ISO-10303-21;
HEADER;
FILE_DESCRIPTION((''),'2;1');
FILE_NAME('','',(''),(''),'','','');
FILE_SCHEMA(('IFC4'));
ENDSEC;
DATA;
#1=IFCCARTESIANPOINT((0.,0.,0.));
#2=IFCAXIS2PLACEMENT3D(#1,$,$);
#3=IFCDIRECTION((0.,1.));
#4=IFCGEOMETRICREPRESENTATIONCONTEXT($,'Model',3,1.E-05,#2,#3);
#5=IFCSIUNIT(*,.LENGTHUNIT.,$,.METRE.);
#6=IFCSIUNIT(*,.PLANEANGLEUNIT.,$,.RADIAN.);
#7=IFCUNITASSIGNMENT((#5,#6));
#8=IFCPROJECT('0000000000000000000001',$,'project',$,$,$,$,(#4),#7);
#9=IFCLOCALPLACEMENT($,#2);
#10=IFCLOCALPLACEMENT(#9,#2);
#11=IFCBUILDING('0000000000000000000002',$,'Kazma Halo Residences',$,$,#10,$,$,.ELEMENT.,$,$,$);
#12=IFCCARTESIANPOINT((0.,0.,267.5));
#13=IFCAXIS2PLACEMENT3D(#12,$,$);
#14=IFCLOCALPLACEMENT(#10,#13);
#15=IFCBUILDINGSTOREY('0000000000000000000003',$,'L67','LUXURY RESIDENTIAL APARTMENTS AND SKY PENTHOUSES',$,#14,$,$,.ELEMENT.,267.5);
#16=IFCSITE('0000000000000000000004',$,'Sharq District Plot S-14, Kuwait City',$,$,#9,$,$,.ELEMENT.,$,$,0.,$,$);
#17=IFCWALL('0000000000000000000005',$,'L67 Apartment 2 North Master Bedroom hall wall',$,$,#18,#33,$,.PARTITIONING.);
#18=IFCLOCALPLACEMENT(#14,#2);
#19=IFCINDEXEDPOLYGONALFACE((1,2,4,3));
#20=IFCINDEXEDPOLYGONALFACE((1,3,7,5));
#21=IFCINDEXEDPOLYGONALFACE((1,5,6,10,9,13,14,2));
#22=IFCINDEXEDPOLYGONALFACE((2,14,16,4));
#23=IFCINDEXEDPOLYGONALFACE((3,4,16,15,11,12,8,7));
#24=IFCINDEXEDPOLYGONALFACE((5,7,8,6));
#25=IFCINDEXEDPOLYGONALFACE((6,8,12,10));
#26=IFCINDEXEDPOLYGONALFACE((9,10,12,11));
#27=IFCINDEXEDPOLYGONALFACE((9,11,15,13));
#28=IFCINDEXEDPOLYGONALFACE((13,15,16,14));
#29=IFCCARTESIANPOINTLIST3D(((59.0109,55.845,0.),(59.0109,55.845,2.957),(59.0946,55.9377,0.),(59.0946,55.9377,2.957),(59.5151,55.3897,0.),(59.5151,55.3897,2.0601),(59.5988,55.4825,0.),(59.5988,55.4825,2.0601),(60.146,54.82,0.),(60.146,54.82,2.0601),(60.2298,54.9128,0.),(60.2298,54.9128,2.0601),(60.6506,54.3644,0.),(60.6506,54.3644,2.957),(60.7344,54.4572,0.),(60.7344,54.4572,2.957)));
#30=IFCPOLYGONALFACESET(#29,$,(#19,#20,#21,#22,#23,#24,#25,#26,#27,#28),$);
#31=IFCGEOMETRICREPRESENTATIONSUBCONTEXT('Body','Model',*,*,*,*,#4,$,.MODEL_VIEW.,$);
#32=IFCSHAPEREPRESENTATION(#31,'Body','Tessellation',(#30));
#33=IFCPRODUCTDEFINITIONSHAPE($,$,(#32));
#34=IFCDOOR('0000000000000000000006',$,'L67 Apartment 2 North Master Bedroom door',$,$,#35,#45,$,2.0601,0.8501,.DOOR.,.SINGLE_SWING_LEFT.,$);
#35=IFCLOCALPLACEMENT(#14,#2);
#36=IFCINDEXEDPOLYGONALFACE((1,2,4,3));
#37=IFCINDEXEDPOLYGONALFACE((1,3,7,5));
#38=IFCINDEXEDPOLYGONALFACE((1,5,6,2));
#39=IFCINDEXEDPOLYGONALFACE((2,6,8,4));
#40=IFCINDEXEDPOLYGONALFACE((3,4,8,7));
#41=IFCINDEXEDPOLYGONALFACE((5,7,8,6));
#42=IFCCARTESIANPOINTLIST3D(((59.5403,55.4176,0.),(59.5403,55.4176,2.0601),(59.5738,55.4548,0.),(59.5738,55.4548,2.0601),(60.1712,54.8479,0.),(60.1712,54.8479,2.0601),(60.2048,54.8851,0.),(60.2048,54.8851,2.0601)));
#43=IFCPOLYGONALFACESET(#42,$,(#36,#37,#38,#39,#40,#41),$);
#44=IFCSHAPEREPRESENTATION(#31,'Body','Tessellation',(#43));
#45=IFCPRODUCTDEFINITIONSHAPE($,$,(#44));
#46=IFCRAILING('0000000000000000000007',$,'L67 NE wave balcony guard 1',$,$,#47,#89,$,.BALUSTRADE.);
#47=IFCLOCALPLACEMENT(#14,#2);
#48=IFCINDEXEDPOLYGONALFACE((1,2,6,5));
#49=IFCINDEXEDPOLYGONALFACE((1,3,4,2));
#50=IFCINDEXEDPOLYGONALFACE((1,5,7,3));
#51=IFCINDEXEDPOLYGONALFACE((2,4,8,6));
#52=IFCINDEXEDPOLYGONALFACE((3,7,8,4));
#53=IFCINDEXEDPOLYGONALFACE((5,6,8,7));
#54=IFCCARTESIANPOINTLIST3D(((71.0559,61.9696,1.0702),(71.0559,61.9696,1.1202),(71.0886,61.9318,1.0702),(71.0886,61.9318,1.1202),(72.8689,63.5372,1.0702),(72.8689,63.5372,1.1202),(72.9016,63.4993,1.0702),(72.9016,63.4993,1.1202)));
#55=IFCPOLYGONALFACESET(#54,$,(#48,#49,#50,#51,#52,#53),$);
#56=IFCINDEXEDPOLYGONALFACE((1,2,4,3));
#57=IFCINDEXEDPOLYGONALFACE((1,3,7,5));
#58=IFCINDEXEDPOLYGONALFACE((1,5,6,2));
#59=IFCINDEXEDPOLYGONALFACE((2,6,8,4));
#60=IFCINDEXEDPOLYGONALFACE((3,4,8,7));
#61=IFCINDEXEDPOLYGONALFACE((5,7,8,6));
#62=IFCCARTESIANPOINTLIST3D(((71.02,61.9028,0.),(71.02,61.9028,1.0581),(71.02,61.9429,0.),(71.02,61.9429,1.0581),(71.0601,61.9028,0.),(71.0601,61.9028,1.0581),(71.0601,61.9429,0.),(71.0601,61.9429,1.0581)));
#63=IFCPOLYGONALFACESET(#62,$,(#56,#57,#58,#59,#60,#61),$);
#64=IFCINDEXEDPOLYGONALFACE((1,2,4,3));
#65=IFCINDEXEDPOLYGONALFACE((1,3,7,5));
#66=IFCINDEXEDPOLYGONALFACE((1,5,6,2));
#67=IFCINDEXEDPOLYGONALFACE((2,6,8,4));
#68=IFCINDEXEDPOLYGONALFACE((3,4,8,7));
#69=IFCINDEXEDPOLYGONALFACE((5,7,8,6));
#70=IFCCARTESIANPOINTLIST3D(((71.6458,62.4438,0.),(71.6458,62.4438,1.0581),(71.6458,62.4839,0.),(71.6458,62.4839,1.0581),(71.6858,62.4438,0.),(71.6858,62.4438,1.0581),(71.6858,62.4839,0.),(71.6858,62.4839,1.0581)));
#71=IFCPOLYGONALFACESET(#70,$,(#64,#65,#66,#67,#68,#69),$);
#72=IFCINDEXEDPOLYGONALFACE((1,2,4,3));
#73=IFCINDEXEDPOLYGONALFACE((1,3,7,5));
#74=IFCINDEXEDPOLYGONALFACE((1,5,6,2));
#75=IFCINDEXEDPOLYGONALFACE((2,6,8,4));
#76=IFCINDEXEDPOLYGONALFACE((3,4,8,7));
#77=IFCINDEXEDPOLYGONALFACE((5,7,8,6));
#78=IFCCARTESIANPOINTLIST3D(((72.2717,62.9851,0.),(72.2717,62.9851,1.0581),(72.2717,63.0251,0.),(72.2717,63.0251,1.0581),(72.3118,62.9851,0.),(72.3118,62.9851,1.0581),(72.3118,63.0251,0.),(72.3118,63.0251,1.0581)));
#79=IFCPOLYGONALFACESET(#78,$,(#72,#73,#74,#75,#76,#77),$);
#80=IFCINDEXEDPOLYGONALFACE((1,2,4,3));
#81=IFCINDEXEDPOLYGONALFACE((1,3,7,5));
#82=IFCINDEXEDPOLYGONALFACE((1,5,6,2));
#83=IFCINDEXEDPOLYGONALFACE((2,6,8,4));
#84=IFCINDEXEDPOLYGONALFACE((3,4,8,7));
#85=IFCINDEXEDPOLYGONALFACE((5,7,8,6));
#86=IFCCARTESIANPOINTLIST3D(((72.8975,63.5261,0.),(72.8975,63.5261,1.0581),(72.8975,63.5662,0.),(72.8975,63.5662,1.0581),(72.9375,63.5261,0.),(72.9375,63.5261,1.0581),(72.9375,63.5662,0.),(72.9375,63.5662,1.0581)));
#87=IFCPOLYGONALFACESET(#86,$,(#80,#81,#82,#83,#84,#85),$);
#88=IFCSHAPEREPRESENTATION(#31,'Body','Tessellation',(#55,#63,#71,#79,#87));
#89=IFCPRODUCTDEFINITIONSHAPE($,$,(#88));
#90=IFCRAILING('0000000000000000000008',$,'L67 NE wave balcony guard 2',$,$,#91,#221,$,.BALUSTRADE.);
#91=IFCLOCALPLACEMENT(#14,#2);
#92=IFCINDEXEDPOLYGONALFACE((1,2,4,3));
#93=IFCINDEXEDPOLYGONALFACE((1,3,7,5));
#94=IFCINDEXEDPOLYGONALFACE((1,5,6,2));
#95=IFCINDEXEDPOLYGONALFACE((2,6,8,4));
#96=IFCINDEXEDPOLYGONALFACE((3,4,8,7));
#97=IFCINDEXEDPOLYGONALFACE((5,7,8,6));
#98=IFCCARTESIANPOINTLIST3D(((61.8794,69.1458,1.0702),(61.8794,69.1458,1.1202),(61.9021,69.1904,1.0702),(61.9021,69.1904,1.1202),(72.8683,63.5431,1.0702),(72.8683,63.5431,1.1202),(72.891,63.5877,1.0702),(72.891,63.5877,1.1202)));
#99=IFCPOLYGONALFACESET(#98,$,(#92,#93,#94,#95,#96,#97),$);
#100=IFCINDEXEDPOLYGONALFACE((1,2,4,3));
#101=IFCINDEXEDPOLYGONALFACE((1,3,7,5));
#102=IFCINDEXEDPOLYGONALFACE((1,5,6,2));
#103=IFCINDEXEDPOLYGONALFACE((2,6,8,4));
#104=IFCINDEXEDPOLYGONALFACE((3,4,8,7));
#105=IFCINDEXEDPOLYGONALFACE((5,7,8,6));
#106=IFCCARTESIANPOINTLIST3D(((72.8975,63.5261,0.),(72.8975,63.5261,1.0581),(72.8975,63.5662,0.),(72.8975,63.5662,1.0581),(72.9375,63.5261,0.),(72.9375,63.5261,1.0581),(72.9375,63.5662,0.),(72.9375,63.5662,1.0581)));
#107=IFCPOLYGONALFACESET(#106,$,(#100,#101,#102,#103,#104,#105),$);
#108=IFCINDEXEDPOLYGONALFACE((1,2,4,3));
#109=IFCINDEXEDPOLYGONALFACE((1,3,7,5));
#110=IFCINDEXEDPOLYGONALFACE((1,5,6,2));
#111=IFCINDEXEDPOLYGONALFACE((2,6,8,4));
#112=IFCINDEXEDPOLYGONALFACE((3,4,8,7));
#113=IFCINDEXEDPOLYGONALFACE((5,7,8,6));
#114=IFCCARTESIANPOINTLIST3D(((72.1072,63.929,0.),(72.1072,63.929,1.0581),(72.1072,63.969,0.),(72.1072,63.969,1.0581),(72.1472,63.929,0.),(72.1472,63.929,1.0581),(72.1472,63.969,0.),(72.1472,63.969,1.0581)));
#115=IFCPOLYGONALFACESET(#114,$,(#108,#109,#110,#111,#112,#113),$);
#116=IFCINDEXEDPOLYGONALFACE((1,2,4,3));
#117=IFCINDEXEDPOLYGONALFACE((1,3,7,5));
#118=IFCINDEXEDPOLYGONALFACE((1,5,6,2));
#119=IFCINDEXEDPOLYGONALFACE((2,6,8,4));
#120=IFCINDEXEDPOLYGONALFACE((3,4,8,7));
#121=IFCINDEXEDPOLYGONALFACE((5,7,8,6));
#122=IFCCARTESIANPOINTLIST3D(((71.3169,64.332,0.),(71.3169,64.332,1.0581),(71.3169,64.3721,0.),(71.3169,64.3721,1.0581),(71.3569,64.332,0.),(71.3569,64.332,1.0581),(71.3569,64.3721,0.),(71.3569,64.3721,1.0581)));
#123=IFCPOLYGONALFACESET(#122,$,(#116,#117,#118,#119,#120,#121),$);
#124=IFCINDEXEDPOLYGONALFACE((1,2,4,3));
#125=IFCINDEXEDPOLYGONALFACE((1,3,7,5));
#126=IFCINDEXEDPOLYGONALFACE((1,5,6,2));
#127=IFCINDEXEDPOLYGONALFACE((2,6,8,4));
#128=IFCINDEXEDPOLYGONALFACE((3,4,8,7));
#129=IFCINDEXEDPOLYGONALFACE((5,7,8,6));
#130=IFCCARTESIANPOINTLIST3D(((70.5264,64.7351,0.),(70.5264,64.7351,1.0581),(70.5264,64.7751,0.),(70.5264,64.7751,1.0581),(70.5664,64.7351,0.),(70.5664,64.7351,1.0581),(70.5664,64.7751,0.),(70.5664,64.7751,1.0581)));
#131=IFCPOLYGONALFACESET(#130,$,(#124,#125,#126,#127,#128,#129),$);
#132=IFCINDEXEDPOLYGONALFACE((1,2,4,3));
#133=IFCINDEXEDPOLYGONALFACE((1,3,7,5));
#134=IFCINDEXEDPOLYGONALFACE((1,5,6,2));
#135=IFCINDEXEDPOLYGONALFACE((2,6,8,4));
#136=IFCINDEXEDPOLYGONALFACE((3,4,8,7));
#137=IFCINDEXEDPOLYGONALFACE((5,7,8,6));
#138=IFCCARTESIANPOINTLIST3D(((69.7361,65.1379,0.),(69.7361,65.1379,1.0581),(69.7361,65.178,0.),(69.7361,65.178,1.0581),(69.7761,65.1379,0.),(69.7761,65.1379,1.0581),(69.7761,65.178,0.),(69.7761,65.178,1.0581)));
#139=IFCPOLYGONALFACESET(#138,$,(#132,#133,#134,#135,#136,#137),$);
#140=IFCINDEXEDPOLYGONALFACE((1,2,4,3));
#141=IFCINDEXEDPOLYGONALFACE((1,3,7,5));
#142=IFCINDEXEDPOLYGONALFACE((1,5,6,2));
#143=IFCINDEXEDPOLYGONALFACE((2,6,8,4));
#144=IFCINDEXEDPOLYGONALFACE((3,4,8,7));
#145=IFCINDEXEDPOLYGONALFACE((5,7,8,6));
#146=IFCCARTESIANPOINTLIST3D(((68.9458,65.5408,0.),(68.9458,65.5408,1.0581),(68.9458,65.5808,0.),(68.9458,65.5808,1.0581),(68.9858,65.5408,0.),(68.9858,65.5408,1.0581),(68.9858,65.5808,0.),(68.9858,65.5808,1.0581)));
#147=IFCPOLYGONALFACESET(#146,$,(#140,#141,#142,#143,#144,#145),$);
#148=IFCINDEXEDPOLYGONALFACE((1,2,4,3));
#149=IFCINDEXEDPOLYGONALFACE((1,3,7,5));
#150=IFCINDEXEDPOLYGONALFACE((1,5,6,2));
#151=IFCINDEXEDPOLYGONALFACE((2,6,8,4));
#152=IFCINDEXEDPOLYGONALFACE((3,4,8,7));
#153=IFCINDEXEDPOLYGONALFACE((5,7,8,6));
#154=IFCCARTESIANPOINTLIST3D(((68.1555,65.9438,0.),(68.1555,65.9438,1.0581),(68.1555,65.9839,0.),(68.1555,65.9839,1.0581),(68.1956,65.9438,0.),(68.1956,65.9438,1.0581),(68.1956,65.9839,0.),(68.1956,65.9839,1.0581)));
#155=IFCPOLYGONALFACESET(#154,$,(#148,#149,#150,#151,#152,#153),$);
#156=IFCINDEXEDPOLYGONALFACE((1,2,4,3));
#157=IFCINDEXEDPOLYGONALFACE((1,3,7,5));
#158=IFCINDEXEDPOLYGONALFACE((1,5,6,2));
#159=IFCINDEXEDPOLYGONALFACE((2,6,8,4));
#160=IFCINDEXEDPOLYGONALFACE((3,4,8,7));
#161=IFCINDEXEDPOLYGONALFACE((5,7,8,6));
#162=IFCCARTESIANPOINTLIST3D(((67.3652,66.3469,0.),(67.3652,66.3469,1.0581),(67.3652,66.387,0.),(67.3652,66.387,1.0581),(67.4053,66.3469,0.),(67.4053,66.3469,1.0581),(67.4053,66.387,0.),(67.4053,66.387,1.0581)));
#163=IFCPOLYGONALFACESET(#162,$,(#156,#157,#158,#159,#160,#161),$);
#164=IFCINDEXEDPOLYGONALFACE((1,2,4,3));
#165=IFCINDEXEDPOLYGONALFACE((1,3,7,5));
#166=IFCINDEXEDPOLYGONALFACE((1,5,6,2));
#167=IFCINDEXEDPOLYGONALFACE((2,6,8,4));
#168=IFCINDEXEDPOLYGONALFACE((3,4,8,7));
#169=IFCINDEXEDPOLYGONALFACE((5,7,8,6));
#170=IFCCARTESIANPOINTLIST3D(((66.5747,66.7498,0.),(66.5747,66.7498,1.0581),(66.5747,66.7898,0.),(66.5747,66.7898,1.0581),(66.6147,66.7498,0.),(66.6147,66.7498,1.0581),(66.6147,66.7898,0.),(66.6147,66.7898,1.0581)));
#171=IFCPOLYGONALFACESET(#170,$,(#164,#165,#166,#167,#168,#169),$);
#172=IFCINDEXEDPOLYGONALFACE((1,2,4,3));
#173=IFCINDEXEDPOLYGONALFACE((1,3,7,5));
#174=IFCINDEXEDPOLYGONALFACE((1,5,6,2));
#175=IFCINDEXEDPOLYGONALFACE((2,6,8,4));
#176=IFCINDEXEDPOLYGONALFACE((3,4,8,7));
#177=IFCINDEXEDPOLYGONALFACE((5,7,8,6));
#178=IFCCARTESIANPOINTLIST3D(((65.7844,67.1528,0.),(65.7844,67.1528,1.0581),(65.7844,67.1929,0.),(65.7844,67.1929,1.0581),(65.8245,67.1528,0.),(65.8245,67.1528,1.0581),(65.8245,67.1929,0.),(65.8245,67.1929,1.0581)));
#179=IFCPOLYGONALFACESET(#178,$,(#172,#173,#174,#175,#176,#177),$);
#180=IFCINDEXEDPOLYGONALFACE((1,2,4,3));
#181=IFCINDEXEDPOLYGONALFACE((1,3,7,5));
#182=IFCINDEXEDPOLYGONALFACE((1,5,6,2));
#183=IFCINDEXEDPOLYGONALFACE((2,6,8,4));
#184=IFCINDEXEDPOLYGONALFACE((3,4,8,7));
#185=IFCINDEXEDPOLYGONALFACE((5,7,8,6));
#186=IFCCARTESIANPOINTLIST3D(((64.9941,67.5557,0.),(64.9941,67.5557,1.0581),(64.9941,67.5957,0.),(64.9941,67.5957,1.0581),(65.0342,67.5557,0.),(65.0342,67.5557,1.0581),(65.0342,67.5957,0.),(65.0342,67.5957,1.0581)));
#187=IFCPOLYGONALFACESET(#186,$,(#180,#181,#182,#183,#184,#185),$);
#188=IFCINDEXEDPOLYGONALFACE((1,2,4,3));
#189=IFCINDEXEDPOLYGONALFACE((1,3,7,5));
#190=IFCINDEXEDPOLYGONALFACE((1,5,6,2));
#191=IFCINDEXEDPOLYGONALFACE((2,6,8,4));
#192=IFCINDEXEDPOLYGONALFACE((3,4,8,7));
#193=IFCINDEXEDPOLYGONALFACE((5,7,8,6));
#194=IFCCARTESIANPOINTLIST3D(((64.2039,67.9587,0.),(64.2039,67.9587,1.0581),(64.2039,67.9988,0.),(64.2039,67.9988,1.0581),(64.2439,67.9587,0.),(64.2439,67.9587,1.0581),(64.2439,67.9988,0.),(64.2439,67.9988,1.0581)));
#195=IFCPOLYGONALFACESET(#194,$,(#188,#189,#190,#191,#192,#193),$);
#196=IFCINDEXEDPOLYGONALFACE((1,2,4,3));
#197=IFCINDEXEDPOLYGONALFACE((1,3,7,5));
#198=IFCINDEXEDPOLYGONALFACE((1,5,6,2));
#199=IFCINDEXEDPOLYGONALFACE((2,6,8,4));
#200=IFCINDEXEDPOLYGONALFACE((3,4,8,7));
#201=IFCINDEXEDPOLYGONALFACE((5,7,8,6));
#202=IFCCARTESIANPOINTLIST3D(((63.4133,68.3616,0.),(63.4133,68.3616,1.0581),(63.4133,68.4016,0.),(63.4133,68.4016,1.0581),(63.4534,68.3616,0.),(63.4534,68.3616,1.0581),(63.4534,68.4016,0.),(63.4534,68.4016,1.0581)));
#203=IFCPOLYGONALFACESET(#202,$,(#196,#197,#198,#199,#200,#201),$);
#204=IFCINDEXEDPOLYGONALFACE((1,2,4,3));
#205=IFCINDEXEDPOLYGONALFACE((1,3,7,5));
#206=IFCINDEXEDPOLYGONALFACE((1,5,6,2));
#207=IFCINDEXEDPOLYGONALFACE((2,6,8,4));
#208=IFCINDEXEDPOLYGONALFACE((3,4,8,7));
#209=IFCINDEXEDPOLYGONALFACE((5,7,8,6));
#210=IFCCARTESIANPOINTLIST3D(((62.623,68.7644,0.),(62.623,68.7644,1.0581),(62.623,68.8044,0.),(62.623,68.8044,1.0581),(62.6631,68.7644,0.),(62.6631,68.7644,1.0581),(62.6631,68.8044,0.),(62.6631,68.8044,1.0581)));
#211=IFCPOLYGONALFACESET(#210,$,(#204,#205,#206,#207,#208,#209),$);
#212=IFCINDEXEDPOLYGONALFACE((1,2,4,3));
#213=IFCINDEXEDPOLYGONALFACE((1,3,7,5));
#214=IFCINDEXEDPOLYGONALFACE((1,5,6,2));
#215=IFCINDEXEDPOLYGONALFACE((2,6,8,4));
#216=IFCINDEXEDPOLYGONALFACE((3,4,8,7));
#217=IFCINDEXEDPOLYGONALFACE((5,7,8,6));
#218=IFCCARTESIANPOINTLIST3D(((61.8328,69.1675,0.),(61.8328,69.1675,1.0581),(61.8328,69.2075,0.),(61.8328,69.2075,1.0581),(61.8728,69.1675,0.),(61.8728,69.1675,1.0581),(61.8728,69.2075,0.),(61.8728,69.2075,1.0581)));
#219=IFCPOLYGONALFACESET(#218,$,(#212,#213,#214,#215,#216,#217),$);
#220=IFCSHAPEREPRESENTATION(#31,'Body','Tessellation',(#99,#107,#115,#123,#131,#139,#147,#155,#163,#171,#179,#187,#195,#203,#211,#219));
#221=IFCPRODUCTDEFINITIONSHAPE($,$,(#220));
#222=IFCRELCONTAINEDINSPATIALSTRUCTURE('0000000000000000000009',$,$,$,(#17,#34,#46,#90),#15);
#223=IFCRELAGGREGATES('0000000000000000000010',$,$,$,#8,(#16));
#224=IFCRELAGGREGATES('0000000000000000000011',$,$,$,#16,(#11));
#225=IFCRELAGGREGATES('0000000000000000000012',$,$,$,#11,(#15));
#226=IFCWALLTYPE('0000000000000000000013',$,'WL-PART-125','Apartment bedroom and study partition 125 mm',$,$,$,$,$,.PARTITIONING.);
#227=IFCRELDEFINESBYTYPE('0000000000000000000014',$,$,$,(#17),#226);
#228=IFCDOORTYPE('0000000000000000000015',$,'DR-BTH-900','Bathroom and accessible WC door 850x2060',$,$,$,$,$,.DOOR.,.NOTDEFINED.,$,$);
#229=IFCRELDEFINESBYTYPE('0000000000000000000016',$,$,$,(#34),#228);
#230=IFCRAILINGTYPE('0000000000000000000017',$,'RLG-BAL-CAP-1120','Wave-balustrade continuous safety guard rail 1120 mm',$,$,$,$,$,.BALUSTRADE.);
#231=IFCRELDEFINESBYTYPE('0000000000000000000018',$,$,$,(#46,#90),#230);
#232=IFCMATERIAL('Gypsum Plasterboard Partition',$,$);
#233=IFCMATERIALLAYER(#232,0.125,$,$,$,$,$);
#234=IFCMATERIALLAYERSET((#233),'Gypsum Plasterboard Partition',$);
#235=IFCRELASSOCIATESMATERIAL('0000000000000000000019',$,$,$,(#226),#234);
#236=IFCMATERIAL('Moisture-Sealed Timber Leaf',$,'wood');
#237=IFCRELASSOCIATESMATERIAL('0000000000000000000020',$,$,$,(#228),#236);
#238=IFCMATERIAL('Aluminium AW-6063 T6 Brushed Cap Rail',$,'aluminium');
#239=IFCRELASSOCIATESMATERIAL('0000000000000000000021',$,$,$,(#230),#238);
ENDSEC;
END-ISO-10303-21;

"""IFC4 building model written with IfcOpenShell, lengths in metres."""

from ifc_helpers import new_model, si_unit, direction, frame, frame_2d, origin, origin_2d, place, context, subcontext, project, spatial, rectangle, extrude, material, layer, layer_set, type_object, element, fill, save


model = new_model("IFC4")

# Units and contexts
model_context = context("Model", 3, precision=1e-05, world=origin(), true_north=direction((0.0, 1.0)))
body_context = subcontext(model_context, "Body", "Model", "MODEL_VIEW")
ifc_project = project(units=[si_unit("LENGTHUNIT", "METRE"), si_unit("PLANEANGLEUNIT", "RADIAN")], contexts=[model_context])

# Site, building, storey
site_placement = place(None, origin())
site = spatial("IfcSite", under=ifc_project, at=site_placement, Name="Sharq District Plot S-14, Kuwait City", CompositionType="ELEMENT", RefElevation=0.0)
building_placement = place(site_placement, origin())
building = spatial("IfcBuilding", under=site, at=building_placement, Name="Kazma Halo Residences", CompositionType="ELEMENT")
storey_placement = place(building_placement, frame((0.0, 0.0, 267.5)))
storey = spatial("IfcBuildingStorey", under=building, at=storey_placement, Name="L67", Description="LUXURY RESIDENTIAL APARTMENTS AND SKY PENTHOUSES", CompositionType="ELEMENT", Elevation=267.5)

# Shared definitions
ifc_material_1 = material(Name="Gypsum Plasterboard Partition")
ifc_layer_1 = layer(ifc_material_1, 0.125)
ifc_layer_set_1 = layer_set([ifc_layer_1], Name="Gypsum Plasterboard Partition")
wall_type_1 = type_object("IfcWallType", Name="WL-PART-125", Description="Apartment bedroom and study partition 125 mm", PredefinedType="PARTITIONING", material=ifc_layer_set_1)

# Wall, opening, door
wall_1_placement = place(storey_placement, frame((60.6924, 54.4109, 0.0), z_axis=(0.0, 0.0, 1.0), x_axis=(-0.742216, 0.670161, 0.0)))
wall_1 = element("IfcWall", 1, at=wall_1_placement, inside=storey, type_object=wall_type_1, Name="L67 Apartment 2 North Master Bedroom hall wall", PredefinedType="PARTITIONING", context=body_context, shape_type="SweptSolid", body=[
    extrude(rectangle(XDim=2.2092, YDim=0.125, at=frame_2d((1.1045, 0.0))), origin(), (0.0, 0.0, 1.0), 2.957),
])
opening_1_placement = place(wall_1_placement, frame((0.6797, 0.0, 0.0)))
opening_1 = element("IfcOpeningElement", 2, at=opening_1_placement, cuts=wall_1, PredefinedType="OPENING", context=body_context, shape_type="SweptSolid", body=[
    extrude(rectangle(XDim=0.8501, YDim=2.0601, at=frame_2d((0.425, 1.03))), frame((0.0, 0.0725, 0.0), z_axis=(0.0, -1.0, 0.0), x_axis=(1.0, 0.0, 0.0)), (0.0, 0.0, 1.0), 0.145),
])
ifc_material_2 = material(Name="Moisture-Sealed Timber Leaf", Category="wood")
door_type_1 = type_object("IfcDoorType", Name="DR-BTH-900", Description="Bathroom and accessible WC door 850x2060", OperationType="NOTDEFINED", PredefinedType="DOOR", material=ifc_material_2)
door_1_placement = place(opening_1_placement, origin())
door_1 = element("IfcDoor", 3, at=door_1_placement, inside=storey, type_object=door_type_1, Name="L67 Apartment 2 North Master Bedroom door", OperationType="SINGLE_SWING_LEFT", OverallHeight=2.0601, OverallWidth=0.8501, PredefinedType="DOOR", context=body_context, shape_type="SweptSolid", body=[
    extrude(rectangle(XDim=0.8501, YDim=2.0601, at=frame_2d((0.425, 1.03))), frame((0.0, 0.0249, 0.0), z_axis=(0.0, -1.0, 0.0), x_axis=(1.0, 0.0, 0.0)), (0.0, 0.0, 1.0), 0.05),
])
fill(opening_1, door_1)

# Railings
ifc_material_3 = material(Name="Aluminium AW-6063 T6 Brushed Cap Rail", Category="aluminium")
railing_type = type_object("IfcRailingType", Name="RLG-BAL-CAP-1120", Description="Wave-balustrade continuous safety guard rail 1120 mm", PredefinedType="BALUSTRADE", material=ifc_material_3)
railing_1_placement = place(storey_placement, frame((71.04, 61.9229, 0.0)))
element("IfcRailing", 4, at=railing_1_placement, inside=storey, type_object=railing_type, Name="L67 NE wave balcony guard 1", PredefinedType="BALUSTRADE", context=body_context, shape_type="SweptSolid", body=[
    extrude(rectangle(XDim=0.05, YDim=0.05, at=origin_2d()), frame((0.0322, 0.0278, 1.0952), z_axis=(0.756451, 0.65405, 0.0), x_axis=(-0.65405, 0.756451, 0.0)), (0.0, 0.0, 1.0), 2.3967),
    extrude(rectangle(XDim=0.04, YDim=0.04, at=origin_2d()), origin(), (0.0, 0.0, 1.0), 1.0581),
    extrude(rectangle(XDim=0.04, YDim=0.04, at=origin_2d()), frame((0.6257, 0.541, 0.0)), (0.0, 0.0, 1.0), 1.0581),
    extrude(rectangle(XDim=0.04, YDim=0.04, at=origin_2d()), frame((1.2517, 1.0823, 0.0)), (0.0, 0.0, 1.0), 1.0581),
    extrude(rectangle(XDim=0.04, YDim=0.04, at=origin_2d()), frame((1.8774, 1.6233, 0.0)), (0.0, 0.0, 1.0), 1.0581),
])
railing_2_placement = place(storey_placement, frame((72.9175, 63.5461, 0.0)))
element("IfcRailing", 5, at=railing_2_placement, inside=storey, type_object=railing_type, Name="L67 NE wave balcony guard 2", PredefinedType="BALUSTRADE", context=body_context, shape_type="SweptSolid", body=[
    extrude(rectangle(XDim=0.05, YDim=0.05, at=origin_2d()), frame((-0.0378, 0.0193, 1.0952), z_axis=(-0.890889, 0.454221, 0.0), x_axis=(-0.454221, -0.890889, 0.0)), (0.0, 0.0, 1.0), 12.3347),
    extrude(rectangle(XDim=0.04, YDim=0.04, at=origin_2d()), origin(), (0.0, 0.0, 1.0), 1.0581),
    extrude(rectangle(XDim=0.04, YDim=0.04, at=origin_2d()), frame((-0.7903, 0.4028, 0.0)), (0.0, 0.0, 1.0), 1.0581),
    extrude(rectangle(XDim=0.04, YDim=0.04, at=origin_2d()), frame((-1.5806, 0.8059, 0.0)), (0.0, 0.0, 1.0), 1.0581),
    extrude(rectangle(XDim=0.04, YDim=0.04, at=origin_2d()), frame((-2.3711, 1.209, 0.0)), (0.0, 0.0, 1.0), 1.0581),
    extrude(rectangle(XDim=0.04, YDim=0.04, at=origin_2d()), frame((-3.1614, 1.6118, 0.0)), (0.0, 0.0, 1.0), 1.0581),
    extrude(rectangle(XDim=0.04, YDim=0.04, at=origin_2d()), frame((-3.9517, 2.0146, 0.0)), (0.0, 0.0, 1.0), 1.0581),
    extrude(rectangle(XDim=0.04, YDim=0.04, at=origin_2d()), frame((-4.7419, 2.4177, 0.0)), (0.0, 0.0, 1.0), 1.0581),
    extrude(rectangle(XDim=0.04, YDim=0.04, at=origin_2d()), frame((-5.5322, 2.8208, 0.0)), (0.0, 0.0, 1.0), 1.0581),
    extrude(rectangle(XDim=0.04, YDim=0.04, at=origin_2d()), frame((-6.3228, 3.2236, 0.0)), (0.0, 0.0, 1.0), 1.0581),
    extrude(rectangle(XDim=0.04, YDim=0.04, at=origin_2d()), frame((-7.113, 3.6267, 0.0)), (0.0, 0.0, 1.0), 1.0581),
    extrude(rectangle(XDim=0.04, YDim=0.04, at=origin_2d()), frame((-7.9033, 4.0295, 0.0)), (0.0, 0.0, 1.0), 1.0581),
    extrude(rectangle(XDim=0.04, YDim=0.04, at=origin_2d()), frame((-8.6936, 4.4326, 0.0)), (0.0, 0.0, 1.0), 1.0581),
    extrude(rectangle(XDim=0.04, YDim=0.04, at=origin_2d()), frame((-9.4841, 4.8354, 0.0)), (0.0, 0.0, 1.0), 1.0581),
    extrude(rectangle(XDim=0.04, YDim=0.04, at=origin_2d()), frame((-10.2744, 5.2383, 0.0)), (0.0, 0.0, 1.0), 1.0581),
    extrude(rectangle(XDim=0.04, YDim=0.04, at=origin_2d()), frame((-11.0647, 5.6414, 0.0)), (0.0, 0.0, 1.0), 1.0581),
])

save(model, "model.ifc")
